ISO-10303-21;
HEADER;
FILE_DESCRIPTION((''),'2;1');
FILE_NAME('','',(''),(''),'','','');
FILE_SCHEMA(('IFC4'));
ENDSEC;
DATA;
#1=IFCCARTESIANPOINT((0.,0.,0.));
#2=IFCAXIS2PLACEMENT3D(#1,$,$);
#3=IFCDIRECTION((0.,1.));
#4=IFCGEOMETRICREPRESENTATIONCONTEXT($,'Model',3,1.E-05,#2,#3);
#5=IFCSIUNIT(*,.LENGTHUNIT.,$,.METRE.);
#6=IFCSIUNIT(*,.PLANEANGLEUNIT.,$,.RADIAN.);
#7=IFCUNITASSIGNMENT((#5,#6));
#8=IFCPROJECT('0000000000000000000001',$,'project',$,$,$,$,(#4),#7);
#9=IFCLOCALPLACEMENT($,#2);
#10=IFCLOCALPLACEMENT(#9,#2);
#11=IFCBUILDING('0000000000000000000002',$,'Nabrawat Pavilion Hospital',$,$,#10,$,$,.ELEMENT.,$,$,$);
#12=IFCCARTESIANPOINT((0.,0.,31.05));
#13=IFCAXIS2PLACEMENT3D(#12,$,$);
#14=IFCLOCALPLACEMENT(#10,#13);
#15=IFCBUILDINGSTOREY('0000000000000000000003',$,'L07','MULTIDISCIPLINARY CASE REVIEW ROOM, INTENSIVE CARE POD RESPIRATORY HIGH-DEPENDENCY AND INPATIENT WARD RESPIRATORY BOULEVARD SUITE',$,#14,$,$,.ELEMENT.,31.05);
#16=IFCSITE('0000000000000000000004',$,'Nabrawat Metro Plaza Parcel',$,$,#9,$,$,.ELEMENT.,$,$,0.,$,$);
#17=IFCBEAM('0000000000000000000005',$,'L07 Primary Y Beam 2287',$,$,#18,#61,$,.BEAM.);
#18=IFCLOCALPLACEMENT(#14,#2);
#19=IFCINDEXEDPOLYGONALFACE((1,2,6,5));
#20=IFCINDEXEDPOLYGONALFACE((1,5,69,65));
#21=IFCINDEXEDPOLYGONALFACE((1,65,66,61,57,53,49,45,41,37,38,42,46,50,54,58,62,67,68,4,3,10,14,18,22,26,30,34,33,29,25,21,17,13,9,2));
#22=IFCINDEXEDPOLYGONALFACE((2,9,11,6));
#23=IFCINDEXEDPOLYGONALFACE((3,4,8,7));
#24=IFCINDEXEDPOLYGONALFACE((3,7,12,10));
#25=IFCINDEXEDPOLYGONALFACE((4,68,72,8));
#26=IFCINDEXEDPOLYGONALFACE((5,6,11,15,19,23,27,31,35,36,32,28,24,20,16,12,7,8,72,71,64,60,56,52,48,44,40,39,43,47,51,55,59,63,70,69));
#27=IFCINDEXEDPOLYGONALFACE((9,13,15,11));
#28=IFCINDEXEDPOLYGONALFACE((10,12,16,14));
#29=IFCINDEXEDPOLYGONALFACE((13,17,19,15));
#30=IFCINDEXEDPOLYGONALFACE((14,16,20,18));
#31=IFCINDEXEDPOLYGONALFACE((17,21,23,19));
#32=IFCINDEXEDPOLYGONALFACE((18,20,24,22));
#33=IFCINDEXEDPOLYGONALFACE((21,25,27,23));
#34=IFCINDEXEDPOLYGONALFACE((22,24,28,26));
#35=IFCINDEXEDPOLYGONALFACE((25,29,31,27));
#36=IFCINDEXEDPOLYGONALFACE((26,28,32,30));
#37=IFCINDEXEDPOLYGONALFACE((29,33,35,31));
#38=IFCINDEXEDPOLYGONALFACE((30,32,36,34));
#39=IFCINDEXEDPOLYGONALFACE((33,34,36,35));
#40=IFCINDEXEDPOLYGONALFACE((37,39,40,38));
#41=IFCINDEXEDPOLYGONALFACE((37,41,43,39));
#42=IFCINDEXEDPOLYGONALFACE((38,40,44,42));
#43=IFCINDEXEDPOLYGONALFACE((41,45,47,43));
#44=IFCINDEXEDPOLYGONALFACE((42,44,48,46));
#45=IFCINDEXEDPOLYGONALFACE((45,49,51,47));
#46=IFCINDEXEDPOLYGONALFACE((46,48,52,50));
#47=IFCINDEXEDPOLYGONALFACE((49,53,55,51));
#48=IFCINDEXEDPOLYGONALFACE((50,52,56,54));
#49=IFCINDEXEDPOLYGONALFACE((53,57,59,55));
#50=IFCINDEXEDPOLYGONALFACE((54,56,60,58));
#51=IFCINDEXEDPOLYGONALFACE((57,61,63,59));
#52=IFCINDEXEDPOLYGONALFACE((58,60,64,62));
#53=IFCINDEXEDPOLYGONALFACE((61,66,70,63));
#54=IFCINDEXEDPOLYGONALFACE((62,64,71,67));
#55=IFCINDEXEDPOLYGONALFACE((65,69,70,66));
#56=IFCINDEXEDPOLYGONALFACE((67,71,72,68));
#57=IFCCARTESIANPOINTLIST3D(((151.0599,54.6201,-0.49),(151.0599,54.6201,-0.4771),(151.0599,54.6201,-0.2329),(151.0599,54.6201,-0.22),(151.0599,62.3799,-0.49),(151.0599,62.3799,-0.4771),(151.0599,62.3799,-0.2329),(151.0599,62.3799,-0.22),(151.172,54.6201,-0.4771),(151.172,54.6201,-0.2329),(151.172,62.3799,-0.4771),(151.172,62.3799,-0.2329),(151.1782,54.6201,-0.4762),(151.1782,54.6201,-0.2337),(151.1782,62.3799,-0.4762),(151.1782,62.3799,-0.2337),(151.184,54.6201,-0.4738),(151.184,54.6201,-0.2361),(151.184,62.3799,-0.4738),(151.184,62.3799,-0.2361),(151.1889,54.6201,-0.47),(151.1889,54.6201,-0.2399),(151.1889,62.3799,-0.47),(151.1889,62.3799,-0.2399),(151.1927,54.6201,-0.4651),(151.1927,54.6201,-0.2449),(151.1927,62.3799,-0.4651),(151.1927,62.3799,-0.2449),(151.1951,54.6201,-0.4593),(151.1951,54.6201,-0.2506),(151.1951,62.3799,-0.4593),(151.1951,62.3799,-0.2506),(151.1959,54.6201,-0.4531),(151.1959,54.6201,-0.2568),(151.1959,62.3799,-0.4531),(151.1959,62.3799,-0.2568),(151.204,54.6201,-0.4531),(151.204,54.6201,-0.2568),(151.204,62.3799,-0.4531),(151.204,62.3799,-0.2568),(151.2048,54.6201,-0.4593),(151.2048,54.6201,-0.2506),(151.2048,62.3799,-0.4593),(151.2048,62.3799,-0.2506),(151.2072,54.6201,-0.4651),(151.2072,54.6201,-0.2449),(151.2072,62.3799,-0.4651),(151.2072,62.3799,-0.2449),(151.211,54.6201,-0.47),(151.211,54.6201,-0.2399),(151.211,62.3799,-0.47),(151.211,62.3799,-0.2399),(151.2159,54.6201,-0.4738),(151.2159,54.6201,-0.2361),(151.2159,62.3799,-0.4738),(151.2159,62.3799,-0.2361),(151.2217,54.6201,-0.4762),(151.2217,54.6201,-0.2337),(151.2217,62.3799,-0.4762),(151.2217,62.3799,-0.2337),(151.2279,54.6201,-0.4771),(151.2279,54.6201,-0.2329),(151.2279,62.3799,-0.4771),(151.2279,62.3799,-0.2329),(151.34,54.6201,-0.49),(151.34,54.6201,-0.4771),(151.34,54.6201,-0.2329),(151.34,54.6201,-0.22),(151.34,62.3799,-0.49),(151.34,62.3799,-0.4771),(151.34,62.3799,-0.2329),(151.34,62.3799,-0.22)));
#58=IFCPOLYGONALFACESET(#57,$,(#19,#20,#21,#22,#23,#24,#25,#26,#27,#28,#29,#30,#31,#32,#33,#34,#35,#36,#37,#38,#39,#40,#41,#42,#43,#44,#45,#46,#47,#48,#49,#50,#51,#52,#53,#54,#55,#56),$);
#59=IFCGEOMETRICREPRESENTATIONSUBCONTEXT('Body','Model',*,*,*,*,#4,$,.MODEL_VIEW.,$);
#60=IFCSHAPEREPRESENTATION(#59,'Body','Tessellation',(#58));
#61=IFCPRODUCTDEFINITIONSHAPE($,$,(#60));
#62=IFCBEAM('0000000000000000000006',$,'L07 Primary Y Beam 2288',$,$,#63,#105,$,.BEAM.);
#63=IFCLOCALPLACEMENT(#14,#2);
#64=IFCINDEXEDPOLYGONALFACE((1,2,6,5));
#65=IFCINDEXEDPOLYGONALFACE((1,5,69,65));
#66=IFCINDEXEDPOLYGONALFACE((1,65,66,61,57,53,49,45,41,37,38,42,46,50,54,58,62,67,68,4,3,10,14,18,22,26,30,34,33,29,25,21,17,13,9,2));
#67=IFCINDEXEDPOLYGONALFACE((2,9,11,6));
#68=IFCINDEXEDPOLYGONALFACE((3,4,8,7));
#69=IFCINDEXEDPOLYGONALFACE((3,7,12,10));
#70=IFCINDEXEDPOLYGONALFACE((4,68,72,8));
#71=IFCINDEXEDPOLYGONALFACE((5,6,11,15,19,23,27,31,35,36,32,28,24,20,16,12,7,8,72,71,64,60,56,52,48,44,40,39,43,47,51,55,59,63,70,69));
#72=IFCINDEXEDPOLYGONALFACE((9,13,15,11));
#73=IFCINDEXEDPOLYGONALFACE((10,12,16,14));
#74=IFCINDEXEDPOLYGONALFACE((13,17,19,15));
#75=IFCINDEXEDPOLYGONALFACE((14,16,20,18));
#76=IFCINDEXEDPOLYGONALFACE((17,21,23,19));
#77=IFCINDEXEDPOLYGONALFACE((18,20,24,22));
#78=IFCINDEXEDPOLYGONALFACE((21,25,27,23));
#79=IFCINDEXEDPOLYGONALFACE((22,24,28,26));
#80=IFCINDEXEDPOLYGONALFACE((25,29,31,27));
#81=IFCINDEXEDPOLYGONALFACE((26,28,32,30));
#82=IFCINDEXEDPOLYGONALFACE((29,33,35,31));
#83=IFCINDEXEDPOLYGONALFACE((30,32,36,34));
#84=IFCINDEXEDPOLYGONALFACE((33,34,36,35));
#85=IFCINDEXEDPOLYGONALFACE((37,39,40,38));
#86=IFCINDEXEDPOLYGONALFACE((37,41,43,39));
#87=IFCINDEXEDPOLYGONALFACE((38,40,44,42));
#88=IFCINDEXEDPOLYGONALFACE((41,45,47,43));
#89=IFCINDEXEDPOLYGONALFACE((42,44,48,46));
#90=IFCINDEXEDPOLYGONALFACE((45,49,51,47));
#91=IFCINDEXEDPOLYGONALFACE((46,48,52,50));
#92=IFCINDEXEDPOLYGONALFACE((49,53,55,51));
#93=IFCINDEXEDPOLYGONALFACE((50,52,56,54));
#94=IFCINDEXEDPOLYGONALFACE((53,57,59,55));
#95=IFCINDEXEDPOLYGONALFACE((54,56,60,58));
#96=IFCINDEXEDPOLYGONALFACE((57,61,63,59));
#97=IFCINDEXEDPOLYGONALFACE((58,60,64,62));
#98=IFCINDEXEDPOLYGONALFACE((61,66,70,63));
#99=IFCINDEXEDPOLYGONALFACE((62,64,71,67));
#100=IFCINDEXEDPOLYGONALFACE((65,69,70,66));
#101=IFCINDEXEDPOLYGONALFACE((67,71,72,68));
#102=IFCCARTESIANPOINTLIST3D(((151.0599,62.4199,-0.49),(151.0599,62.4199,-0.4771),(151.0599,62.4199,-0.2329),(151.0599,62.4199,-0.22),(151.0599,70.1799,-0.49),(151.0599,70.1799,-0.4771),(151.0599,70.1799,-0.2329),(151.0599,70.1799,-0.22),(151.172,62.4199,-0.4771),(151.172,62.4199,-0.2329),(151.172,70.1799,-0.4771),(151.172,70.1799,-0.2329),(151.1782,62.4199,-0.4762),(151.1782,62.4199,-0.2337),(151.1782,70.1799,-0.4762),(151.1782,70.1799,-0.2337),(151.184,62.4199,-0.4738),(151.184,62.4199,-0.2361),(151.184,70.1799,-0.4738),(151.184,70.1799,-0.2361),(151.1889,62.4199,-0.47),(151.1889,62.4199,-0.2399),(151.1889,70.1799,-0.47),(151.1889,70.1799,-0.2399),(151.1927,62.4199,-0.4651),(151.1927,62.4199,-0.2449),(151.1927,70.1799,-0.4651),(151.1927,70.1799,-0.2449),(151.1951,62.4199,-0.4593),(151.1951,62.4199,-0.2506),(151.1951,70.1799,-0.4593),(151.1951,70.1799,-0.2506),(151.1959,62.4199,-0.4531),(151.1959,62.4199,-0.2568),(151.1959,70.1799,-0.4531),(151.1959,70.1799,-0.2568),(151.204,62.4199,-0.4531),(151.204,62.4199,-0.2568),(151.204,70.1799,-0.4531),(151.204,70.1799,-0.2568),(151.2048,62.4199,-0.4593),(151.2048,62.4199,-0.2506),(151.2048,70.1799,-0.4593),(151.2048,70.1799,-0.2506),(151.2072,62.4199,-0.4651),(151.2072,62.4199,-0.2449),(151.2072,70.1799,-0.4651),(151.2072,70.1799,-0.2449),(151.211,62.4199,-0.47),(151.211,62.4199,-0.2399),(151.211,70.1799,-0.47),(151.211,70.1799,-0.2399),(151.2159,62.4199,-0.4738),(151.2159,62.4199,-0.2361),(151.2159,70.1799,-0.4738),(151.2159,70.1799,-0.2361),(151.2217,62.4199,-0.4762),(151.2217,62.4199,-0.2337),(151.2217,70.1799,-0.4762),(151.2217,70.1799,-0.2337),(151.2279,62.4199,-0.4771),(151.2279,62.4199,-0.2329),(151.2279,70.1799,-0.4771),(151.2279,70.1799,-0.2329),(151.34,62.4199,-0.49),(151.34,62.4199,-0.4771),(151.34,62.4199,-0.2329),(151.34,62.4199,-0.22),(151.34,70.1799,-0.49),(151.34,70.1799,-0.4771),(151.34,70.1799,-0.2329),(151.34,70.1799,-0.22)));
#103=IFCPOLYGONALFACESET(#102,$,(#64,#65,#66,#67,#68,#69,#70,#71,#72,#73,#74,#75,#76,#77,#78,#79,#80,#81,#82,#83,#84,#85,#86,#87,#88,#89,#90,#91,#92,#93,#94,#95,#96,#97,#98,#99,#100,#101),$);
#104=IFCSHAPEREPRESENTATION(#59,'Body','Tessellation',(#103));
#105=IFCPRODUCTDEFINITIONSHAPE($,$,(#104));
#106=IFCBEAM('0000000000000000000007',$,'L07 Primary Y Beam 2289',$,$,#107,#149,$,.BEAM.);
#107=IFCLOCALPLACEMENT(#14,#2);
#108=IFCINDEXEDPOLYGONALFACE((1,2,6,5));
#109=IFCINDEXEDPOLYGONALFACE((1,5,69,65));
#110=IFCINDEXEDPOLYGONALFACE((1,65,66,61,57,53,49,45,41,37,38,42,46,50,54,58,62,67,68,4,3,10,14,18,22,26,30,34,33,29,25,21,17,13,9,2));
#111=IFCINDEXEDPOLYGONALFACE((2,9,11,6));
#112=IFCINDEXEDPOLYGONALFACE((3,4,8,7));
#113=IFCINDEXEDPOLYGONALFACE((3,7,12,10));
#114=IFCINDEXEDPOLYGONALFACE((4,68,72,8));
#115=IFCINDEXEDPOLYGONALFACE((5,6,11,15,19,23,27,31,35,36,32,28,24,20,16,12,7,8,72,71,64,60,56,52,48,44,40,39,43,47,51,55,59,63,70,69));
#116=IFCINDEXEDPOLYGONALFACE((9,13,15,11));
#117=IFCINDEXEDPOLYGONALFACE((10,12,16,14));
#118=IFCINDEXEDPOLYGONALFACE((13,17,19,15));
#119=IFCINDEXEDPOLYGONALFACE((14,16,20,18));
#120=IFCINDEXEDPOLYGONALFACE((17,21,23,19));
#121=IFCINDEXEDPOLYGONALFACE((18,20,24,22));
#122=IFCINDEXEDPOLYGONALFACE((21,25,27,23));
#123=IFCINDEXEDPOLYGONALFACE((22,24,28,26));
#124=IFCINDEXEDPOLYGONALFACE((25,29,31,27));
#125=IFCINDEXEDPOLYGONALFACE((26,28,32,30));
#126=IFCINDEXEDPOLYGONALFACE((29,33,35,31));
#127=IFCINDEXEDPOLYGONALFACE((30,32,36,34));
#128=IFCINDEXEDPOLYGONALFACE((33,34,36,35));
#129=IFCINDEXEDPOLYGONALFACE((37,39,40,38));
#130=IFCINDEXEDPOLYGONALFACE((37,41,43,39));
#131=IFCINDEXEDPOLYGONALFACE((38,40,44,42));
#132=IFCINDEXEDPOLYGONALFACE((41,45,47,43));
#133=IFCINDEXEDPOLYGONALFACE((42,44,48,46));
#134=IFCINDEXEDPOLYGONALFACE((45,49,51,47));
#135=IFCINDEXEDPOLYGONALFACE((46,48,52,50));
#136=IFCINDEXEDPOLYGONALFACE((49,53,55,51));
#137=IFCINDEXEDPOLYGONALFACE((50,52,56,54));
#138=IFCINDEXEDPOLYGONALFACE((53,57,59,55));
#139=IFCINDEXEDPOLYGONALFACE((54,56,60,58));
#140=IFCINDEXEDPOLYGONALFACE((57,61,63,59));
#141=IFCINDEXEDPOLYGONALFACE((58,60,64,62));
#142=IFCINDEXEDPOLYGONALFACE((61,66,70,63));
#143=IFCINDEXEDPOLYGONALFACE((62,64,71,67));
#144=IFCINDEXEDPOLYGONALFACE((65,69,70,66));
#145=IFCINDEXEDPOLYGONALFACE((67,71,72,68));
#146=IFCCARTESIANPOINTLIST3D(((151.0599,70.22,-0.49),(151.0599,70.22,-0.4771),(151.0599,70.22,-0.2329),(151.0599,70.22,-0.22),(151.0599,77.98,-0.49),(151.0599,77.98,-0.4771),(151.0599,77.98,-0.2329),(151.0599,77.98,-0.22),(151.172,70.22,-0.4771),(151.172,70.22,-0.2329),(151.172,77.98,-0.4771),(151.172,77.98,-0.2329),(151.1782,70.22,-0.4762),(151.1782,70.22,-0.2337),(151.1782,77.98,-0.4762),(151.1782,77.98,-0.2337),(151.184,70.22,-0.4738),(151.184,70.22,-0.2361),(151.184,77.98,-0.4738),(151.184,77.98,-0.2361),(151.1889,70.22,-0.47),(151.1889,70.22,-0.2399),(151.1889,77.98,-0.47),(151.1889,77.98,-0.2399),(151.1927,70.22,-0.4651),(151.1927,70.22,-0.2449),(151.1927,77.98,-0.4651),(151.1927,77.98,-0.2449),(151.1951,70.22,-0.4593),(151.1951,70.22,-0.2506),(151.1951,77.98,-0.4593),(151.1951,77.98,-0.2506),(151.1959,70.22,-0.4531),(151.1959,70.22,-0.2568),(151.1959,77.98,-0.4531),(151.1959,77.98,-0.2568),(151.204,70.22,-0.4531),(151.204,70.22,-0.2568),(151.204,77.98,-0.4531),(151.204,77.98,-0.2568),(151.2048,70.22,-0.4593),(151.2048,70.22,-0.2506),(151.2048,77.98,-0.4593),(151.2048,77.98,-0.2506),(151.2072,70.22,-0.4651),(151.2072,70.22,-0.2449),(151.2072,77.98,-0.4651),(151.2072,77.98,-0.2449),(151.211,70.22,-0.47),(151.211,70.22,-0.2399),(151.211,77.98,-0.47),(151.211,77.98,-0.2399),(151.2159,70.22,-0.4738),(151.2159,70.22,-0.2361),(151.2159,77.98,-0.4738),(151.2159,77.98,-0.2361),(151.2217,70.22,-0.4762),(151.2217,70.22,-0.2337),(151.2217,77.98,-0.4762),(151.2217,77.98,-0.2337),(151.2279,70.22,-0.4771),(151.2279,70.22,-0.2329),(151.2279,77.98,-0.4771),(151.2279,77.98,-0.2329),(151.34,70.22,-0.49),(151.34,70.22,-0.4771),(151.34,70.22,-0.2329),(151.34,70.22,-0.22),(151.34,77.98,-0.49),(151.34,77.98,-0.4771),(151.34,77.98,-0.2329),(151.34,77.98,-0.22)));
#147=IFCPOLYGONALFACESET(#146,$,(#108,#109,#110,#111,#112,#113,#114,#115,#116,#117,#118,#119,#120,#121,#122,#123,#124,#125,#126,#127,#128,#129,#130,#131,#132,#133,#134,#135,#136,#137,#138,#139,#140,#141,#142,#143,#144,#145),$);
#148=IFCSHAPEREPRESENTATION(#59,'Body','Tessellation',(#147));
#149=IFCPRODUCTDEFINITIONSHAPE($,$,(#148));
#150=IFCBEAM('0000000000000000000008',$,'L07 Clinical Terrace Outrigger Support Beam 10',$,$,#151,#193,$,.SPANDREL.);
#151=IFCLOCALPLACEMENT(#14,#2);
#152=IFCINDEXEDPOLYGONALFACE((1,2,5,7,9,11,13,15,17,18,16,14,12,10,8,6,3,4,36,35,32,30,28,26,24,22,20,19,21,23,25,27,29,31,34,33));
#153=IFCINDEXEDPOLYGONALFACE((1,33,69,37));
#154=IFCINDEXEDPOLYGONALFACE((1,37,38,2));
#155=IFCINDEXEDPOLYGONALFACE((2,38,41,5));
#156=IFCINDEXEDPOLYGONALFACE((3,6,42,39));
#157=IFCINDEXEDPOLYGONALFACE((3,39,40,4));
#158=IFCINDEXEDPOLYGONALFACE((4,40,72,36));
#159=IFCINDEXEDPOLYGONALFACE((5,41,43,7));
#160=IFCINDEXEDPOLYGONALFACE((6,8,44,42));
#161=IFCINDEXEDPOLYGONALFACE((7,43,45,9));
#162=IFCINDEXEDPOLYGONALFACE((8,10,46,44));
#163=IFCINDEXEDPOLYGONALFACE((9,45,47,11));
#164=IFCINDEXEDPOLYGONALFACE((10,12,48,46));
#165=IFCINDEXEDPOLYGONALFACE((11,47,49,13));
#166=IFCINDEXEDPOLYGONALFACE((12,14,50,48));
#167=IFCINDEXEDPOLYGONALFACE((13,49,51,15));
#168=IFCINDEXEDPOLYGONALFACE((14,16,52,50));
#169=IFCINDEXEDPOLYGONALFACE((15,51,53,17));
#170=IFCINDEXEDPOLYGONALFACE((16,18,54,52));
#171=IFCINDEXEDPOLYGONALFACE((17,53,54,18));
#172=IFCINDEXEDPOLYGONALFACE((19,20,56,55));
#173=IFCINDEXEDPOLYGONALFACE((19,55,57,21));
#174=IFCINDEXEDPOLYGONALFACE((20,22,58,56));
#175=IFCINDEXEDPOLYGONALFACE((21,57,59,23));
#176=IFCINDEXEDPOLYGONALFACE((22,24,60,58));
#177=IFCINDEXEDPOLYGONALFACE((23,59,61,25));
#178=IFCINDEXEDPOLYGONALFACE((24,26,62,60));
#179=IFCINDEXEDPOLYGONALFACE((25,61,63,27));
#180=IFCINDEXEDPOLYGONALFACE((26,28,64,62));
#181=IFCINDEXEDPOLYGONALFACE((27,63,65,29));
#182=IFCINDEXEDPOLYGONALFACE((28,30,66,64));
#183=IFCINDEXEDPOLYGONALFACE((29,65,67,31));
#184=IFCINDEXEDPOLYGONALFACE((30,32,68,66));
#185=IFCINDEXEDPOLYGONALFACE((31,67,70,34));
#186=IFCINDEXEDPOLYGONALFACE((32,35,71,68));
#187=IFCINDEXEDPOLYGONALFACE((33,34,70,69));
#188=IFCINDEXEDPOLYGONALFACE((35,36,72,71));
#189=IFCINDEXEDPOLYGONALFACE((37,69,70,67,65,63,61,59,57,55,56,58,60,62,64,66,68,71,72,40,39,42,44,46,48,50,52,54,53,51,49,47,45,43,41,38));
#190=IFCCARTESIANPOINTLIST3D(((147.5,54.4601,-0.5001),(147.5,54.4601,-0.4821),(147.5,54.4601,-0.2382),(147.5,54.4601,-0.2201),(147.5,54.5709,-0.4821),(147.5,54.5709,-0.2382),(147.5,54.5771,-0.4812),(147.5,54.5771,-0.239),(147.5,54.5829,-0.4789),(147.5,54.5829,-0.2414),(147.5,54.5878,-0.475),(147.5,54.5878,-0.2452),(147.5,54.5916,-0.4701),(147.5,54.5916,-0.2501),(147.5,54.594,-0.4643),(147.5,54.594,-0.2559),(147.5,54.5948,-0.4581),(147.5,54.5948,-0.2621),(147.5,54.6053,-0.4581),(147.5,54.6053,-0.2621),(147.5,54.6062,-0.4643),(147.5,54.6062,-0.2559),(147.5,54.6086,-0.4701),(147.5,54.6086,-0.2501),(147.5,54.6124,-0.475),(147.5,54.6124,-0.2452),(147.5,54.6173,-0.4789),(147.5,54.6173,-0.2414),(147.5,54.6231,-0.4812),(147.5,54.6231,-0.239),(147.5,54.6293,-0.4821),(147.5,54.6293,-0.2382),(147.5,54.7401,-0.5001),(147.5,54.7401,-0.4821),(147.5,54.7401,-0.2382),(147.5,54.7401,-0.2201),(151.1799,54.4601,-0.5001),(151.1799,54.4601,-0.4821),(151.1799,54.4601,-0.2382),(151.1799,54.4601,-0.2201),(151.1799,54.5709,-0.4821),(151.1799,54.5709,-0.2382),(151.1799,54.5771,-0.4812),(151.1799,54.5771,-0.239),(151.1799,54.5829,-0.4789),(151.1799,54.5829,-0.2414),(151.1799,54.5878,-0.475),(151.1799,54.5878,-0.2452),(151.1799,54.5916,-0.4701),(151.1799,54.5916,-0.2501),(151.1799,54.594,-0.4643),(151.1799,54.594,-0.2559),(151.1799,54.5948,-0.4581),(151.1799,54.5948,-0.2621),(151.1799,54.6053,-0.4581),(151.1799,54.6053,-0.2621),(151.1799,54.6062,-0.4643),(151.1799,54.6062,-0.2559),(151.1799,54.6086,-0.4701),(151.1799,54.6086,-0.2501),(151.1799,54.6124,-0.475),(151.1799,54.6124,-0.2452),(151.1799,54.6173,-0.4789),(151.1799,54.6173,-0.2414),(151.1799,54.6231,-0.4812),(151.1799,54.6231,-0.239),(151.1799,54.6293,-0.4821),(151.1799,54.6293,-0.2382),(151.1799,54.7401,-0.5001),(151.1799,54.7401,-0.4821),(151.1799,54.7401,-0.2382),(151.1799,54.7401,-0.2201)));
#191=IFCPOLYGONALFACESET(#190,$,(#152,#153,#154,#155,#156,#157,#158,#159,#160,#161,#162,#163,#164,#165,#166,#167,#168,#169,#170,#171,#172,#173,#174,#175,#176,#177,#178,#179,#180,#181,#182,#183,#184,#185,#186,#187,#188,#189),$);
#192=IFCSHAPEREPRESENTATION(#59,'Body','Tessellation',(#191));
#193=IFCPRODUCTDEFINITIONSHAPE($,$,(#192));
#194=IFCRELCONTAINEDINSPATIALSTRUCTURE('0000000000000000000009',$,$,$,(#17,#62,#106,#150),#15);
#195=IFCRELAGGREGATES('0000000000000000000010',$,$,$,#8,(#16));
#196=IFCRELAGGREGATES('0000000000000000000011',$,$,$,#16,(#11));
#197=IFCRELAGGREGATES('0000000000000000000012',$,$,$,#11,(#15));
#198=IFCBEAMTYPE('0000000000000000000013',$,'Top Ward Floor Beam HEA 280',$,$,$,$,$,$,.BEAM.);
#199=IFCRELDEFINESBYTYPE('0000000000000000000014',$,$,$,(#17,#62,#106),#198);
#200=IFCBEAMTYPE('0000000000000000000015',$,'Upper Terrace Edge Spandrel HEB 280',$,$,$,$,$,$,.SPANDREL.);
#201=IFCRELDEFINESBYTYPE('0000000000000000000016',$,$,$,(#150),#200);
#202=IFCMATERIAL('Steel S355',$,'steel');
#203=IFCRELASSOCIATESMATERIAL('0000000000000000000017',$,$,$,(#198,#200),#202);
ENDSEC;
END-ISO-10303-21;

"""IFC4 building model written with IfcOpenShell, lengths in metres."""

from ifc_helpers import new_model, si_unit, direction, frame, origin, origin_2d, place, context, subcontext, project, spatial, i_section, extrude, material, material_profile, profile_set, type_object, element, save


model = new_model("IFC4")

# Units and contexts
model_context = context("Model", 3, precision=1e-05, world=origin(), true_north=direction((0.0, 1.0)))
body_context = subcontext(model_context, "Body", "Model", "MODEL_VIEW")
ifc_project = project(units=[si_unit("LENGTHUNIT", "METRE"), si_unit("PLANEANGLEUNIT", "RADIAN")], contexts=[model_context])

# Site, building, storey
site_placement = place(None, origin())
site = spatial("IfcSite", under=ifc_project, at=site_placement, Name="Nabrawat Metro Plaza Parcel", CompositionType="ELEMENT", RefElevation=0.0)
building_placement = place(site_placement, origin())
building = spatial("IfcBuilding", under=site, at=building_placement, Name="Nabrawat Pavilion Hospital", CompositionType="ELEMENT")
storey_placement = place(building_placement, frame((0.0, 0.0, 31.05)))
storey = spatial("IfcBuildingStorey", under=building, at=storey_placement, Name="L07", Description="MULTIDISCIPLINARY CASE REVIEW ROOM, INTENSIVE CARE POD RESPIRATORY HIGH-DEPENDENCY AND INPATIENT WARD RESPIRATORY BOULEVARD SUITE", CompositionType="ELEMENT", Elevation=31.05)

# Shared definitions
ifc_material_1 = material(Name="Steel S355", Category="steel")

# Beams
ifc_material_profile_1 = material_profile(ifc_material_1, i_section(OverallWidth=0.28, OverallDepth=0.27, WebThickness=0.0081, FlangeThickness=0.0129, FilletRadius=0.0239, at=origin_2d()), Name="HEA 280")
ifc_profile_set_1 = profile_set([ifc_material_profile_1], Name="Steel S355")
beam_type_1 = type_object("IfcBeamType", Name="Top Ward Floor Beam HEA 280", PredefinedType="BEAM", material=ifc_profile_set_1)
beam_1_placement = place(storey_placement, frame((151.2, 54.6201, -0.355), z_axis=(0.0, 1.0, 0.0), x_axis=(-1.0, 0.0, 0.0)))
element("IfcBeam", 1, at=beam_1_placement, inside=storey, type_object=beam_type_1, Name="L07 Primary Y Beam 2287", PredefinedType="BEAM", context=body_context, shape_type="SweptSolid", body=[
    extrude(i_section(OverallWidth=0.28, OverallDepth=0.27, WebThickness=0.0081, FlangeThickness=0.0129, FilletRadius=0.0239, at=origin_2d()), origin(), (0.0, 0.0, 1.0), 7.7598),
])
for number, where, z_axis, x_axis, name in (
    (2, (151.2, 62.4199, -0.355), (0.0, 1.0, 0.0), (-1.0, 0.0, 0.0), "L07 Primary Y Beam 2288"),
    (3, (151.2, 70.22, -0.355), (0.0, 1.0, 0.0), (-1.0, 0.0, 0.0), "L07 Primary Y Beam 2289"),
):
    element("IfcBeam", number, at=place(storey_placement, frame(where, z_axis=z_axis, x_axis=x_axis)), inside=storey, type_object=beam_type_1, Name=name, PredefinedType="BEAM", context=body_context, shape_type="SweptSolid", body=[
        extrude(i_section(OverallWidth=0.28, OverallDepth=0.27, WebThickness=0.0081, FlangeThickness=0.0129, FilletRadius=0.0239, at=origin_2d()), origin(), (0.0, 0.0, 1.0), 7.76),
    ])
ifc_material_profile_2 = material_profile(ifc_material_1, i_section(OverallWidth=0.28, OverallDepth=0.28, WebThickness=0.0105, FlangeThickness=0.0181, FilletRadius=0.0239, at=origin_2d()), Name="HEB 280")
ifc_profile_set_2 = profile_set([ifc_material_profile_2], Name="Steel S355")
beam_type_2 = type_object("IfcBeamType", Name="Upper Terrace Edge Spandrel HEB 280", PredefinedType="SPANDREL", material=ifc_profile_set_2)
for number, where, z_axis, x_axis, name in (
    (4, (147.5, 54.6001, -0.3601), (1.0, 0.0, 0.0), (0.0, 1.0, 0.0), "L07 Clinical Terrace Outrigger Support Beam 10"),
):
    element("IfcBeam", number, at=place(storey_placement, frame(where, z_axis=z_axis, x_axis=x_axis)), inside=storey, type_object=beam_type_2, Name=name, PredefinedType="SPANDREL", context=body_context, shape_type="SweptSolid", body=[
        extrude(i_section(OverallWidth=0.28, OverallDepth=0.28, WebThickness=0.0105, FlangeThickness=0.0181, FilletRadius=0.0239, at=origin_2d()), origin(), (0.0, 0.0, 1.0), 3.6799),
    ])

save(model, "model.ifc")
